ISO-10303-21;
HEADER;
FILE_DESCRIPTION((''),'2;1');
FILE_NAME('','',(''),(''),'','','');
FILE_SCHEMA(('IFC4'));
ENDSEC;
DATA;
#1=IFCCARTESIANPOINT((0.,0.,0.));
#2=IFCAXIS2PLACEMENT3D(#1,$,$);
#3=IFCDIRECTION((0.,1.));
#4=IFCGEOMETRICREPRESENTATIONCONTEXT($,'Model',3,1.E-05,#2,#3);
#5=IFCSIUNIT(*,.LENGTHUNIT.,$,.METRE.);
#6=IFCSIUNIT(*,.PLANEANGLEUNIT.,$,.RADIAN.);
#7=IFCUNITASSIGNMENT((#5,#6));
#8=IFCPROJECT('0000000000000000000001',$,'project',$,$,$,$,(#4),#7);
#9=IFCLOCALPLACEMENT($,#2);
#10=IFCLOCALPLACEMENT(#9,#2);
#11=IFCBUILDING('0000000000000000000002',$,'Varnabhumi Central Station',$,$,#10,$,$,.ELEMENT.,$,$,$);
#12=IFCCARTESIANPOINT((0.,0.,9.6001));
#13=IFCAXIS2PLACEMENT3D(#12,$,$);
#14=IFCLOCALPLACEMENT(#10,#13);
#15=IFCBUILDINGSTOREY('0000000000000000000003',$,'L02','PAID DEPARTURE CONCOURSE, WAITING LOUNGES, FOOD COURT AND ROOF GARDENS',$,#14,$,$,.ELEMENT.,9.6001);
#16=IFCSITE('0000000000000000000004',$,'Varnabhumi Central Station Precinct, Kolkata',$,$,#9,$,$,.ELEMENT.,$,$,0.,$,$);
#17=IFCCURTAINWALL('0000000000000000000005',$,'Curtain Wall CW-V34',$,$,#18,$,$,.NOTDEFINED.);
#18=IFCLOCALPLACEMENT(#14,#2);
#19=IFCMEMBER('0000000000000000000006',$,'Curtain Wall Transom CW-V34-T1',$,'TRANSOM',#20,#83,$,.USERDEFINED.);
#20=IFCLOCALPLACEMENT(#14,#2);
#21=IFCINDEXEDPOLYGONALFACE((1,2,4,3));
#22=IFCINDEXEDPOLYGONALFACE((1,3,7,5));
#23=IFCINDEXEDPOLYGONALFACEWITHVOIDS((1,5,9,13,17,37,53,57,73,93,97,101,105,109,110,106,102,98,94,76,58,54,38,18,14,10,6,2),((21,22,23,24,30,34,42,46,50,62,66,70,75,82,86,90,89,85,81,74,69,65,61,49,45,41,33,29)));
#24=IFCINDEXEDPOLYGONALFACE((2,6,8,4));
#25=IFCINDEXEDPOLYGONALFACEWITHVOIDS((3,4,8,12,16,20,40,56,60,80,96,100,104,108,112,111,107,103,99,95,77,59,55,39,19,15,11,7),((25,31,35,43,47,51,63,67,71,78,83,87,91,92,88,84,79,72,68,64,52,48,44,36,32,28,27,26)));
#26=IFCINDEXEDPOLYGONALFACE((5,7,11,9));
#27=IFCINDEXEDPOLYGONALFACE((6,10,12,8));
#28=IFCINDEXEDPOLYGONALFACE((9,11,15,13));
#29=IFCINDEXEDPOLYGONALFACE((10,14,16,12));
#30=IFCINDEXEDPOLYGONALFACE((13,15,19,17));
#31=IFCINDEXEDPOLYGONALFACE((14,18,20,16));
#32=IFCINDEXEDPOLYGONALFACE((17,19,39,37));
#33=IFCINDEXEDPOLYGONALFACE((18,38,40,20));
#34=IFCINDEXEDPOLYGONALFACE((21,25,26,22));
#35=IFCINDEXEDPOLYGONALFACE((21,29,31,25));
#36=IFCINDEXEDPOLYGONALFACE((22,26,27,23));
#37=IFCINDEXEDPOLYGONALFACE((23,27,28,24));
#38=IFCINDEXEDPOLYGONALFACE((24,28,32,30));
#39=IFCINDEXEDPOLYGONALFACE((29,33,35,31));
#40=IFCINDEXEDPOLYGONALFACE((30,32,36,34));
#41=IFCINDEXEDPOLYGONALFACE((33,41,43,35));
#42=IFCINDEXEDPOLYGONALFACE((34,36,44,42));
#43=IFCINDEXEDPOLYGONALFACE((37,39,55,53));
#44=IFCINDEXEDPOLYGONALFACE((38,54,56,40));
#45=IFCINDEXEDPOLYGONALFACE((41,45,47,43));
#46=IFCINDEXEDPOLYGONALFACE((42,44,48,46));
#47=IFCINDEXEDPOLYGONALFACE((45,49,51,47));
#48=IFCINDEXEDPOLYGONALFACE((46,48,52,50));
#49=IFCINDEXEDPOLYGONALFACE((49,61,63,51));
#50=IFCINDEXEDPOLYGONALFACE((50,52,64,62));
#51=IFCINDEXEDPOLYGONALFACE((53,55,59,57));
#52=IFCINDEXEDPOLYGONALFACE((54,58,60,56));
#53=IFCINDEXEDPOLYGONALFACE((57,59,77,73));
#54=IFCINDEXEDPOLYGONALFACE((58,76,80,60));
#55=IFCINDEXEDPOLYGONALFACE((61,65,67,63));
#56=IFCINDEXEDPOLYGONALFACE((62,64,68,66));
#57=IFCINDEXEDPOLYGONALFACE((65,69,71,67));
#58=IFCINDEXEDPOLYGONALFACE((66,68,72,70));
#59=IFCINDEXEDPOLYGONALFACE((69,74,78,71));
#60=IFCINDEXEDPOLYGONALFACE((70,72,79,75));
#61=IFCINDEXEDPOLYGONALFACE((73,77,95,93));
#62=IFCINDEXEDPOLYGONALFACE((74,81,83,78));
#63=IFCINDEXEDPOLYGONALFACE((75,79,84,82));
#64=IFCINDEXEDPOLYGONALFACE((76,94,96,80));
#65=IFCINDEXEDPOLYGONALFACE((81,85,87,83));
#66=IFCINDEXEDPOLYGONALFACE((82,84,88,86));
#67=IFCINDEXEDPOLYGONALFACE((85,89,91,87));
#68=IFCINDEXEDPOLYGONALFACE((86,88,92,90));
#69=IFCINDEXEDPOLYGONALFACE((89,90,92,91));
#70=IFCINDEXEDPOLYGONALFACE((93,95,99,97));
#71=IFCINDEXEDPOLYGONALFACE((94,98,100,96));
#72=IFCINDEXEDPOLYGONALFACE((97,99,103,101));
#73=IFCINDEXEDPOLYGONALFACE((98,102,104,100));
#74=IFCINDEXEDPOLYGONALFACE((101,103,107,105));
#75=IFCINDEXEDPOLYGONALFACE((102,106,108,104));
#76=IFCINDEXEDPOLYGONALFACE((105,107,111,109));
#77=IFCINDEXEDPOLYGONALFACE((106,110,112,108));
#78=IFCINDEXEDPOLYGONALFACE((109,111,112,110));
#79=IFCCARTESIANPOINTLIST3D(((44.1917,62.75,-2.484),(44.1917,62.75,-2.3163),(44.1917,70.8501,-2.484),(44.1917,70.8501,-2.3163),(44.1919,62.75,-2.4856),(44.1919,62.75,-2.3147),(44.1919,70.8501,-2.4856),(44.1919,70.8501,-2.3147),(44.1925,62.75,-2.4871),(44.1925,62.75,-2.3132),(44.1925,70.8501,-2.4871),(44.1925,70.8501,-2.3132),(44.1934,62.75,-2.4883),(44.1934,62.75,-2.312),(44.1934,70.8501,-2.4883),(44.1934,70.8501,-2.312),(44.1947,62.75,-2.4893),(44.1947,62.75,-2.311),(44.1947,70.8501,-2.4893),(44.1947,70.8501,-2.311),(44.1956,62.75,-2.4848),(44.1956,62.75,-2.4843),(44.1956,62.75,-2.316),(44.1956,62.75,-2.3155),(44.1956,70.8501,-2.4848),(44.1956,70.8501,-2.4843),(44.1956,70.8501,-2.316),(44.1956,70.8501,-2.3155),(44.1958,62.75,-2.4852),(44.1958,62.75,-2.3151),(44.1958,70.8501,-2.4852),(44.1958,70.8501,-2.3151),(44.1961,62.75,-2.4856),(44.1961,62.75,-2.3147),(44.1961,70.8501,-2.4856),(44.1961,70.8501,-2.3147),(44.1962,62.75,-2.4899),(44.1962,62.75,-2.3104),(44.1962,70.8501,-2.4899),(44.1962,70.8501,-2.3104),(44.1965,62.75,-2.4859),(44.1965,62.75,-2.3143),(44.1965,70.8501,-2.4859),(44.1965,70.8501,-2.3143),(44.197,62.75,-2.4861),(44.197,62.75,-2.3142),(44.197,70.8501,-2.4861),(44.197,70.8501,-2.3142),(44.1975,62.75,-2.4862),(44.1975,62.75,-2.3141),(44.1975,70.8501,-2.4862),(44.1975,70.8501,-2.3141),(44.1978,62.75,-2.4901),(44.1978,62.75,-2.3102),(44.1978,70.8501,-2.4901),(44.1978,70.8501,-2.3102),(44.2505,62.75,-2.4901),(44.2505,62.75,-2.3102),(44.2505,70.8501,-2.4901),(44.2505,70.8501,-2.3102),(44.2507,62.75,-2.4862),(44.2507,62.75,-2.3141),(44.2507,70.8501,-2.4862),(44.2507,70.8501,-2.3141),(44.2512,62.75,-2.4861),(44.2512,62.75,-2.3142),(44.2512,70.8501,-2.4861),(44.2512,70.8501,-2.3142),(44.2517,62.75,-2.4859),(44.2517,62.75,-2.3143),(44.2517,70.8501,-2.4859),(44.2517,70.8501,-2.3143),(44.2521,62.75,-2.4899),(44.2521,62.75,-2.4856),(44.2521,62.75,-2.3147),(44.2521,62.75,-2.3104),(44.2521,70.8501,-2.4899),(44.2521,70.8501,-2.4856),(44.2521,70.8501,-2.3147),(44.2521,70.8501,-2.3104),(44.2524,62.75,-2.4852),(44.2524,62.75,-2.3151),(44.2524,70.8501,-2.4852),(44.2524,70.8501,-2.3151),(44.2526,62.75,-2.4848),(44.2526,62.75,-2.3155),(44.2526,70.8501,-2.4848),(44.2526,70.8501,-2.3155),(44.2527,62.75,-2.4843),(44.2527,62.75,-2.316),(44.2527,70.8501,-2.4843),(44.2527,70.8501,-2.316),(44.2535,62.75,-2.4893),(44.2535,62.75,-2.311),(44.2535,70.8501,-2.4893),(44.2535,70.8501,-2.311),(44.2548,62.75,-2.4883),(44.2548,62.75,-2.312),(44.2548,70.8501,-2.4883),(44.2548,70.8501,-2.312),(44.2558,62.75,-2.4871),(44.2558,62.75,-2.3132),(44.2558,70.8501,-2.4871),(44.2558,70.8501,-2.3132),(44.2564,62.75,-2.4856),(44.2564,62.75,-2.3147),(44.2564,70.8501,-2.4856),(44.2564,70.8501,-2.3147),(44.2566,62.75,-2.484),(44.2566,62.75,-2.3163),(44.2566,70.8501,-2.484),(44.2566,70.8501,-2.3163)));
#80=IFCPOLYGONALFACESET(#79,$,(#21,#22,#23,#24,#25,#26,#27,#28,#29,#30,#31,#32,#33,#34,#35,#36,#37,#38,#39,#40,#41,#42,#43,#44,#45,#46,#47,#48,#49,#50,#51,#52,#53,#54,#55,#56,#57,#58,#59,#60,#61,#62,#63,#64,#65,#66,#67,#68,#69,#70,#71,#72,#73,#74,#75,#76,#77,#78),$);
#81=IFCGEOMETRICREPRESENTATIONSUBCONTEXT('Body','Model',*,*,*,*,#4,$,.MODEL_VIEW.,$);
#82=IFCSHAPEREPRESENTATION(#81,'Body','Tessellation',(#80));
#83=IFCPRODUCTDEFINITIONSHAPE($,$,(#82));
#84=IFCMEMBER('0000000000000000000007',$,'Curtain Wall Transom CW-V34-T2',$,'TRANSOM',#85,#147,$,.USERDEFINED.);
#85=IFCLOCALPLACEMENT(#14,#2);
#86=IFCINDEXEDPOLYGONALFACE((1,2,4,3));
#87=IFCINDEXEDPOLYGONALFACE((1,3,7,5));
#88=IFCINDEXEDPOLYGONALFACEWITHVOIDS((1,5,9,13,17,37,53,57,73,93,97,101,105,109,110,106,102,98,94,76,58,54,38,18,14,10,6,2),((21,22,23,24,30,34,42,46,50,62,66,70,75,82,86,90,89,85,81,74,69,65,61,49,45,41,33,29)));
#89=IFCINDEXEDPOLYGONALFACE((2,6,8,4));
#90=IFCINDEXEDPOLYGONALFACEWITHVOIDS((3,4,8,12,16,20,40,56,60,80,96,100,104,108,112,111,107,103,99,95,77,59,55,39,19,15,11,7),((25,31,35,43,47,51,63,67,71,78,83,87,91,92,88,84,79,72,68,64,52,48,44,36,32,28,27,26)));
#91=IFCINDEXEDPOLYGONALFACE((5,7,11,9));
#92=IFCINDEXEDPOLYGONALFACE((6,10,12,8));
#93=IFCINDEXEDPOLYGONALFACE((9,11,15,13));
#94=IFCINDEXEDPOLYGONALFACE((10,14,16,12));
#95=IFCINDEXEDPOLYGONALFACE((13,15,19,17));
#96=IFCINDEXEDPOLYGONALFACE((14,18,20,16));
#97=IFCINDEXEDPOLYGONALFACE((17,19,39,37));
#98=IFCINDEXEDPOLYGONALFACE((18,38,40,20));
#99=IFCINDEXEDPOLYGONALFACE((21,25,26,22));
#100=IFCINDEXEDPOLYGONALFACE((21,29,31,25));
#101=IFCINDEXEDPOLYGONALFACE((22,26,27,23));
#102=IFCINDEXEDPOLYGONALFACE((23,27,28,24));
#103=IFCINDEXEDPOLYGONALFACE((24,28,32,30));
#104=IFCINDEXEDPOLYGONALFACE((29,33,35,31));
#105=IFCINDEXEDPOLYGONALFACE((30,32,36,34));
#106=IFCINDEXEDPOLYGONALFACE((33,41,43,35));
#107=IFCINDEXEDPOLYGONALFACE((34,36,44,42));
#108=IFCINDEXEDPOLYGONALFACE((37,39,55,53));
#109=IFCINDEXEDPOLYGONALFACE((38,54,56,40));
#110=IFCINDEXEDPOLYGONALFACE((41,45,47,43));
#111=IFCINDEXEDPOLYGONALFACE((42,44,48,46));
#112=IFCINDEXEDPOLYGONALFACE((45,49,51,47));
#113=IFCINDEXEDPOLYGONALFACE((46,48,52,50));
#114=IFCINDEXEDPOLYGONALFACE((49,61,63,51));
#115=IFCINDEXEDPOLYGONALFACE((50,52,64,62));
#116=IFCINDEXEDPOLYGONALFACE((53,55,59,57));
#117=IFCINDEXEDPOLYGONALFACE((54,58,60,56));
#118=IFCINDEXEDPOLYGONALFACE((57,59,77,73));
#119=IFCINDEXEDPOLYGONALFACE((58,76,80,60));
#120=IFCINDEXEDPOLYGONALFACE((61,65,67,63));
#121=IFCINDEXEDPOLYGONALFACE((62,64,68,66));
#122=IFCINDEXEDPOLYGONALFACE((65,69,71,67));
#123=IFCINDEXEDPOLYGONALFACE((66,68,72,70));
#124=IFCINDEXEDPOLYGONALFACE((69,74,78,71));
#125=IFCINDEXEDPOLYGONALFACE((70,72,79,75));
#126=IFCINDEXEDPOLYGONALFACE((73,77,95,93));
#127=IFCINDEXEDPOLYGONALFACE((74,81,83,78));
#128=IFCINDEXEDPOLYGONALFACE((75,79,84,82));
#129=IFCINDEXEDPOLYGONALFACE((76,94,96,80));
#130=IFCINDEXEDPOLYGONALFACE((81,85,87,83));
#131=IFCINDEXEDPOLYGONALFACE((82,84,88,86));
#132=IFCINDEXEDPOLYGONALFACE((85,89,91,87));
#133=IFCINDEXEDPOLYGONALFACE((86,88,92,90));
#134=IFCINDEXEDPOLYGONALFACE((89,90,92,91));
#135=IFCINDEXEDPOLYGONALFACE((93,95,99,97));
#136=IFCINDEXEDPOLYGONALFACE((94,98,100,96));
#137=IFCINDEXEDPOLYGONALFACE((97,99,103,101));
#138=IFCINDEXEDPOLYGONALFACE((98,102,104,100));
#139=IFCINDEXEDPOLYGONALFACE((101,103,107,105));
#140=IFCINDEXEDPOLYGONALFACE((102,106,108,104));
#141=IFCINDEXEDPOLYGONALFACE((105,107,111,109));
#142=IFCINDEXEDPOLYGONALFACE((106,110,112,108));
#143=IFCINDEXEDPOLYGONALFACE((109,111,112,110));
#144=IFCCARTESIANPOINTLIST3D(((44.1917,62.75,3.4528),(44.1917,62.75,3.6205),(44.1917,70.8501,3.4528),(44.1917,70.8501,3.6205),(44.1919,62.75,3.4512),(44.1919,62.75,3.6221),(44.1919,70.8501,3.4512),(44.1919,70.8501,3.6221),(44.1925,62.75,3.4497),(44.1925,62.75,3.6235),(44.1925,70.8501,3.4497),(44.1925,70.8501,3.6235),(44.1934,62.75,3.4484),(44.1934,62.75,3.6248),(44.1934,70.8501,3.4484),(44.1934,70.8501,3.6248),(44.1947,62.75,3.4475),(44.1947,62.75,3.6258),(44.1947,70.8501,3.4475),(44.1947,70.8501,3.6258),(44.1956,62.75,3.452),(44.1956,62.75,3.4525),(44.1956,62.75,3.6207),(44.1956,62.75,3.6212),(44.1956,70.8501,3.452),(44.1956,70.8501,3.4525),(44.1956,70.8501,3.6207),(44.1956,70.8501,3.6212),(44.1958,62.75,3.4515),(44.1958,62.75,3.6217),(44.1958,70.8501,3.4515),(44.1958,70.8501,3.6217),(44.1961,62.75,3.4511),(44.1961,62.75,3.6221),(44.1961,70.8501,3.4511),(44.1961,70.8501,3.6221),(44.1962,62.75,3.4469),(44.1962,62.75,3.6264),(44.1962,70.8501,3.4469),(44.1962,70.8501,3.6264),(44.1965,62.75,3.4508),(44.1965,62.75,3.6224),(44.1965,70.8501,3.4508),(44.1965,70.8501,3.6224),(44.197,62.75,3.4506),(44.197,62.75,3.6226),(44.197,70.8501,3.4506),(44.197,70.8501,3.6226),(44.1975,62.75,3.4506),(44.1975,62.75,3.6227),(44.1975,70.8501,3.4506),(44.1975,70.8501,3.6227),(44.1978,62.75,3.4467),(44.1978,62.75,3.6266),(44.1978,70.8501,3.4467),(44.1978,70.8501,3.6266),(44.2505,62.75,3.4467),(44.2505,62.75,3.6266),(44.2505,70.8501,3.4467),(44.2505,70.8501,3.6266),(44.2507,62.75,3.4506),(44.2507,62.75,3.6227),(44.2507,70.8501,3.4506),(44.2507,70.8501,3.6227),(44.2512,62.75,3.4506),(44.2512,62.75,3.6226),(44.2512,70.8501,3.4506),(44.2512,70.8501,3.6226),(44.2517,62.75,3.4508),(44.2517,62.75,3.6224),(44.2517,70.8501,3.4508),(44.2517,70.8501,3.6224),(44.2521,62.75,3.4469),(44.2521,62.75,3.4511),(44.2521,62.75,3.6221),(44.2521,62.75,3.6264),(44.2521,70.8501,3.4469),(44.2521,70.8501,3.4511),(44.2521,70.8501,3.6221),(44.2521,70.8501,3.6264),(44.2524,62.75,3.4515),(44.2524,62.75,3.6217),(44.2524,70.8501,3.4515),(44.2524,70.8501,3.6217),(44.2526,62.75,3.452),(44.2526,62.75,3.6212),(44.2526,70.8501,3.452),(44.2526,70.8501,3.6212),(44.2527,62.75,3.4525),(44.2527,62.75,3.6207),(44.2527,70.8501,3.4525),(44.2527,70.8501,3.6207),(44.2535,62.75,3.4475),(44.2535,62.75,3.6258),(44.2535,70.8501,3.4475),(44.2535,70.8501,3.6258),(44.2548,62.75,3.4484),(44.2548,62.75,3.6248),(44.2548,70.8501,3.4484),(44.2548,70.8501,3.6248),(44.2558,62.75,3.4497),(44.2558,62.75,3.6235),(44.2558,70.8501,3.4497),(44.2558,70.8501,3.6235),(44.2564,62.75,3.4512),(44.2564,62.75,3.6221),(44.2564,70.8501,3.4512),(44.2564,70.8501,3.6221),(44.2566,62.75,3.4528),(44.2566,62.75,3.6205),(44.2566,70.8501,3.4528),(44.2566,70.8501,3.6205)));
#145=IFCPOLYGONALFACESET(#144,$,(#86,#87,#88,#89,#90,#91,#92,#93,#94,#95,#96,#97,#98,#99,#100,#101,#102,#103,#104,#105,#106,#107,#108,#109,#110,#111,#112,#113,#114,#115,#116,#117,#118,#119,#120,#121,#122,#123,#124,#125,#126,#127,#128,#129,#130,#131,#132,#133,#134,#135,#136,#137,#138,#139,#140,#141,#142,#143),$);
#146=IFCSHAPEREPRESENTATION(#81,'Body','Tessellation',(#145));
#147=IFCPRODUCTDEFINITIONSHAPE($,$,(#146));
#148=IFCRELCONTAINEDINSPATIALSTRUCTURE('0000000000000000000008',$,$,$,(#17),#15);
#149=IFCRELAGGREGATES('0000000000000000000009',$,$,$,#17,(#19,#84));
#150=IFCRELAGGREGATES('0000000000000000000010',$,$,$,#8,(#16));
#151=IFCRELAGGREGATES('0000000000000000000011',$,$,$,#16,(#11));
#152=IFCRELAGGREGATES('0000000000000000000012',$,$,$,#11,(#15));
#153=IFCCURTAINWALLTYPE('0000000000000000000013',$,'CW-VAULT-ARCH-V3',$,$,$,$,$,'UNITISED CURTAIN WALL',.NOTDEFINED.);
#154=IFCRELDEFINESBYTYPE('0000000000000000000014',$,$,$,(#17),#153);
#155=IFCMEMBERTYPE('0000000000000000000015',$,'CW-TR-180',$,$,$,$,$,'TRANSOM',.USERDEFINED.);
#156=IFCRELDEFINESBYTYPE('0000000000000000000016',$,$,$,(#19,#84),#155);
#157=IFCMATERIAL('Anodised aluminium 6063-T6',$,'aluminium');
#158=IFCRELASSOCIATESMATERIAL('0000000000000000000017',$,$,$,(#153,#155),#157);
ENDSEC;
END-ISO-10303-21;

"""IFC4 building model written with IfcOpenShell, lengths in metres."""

from ifc_helpers import new_model, si_unit, direction, frame, origin, origin_2d, place, context, subcontext, project, spatial, hollow_rectangle, extrude, material, material_profile, profile_set, type_object, element, aggregate, save


model = new_model("IFC4")

# Units and contexts
model_context = context("Model", 3, precision=1e-05, world=origin(), true_north=direction((0.0, 1.0)))
body_context = subcontext(model_context, "Body", "Model", "MODEL_VIEW")
ifc_project = project(units=[si_unit("LENGTHUNIT", "METRE"), si_unit("PLANEANGLEUNIT", "RADIAN")], contexts=[model_context])

# Site, building, storey
site_placement = place(None, origin())
site = spatial("IfcSite", under=ifc_project, at=site_placement, Name="Varnabhumi Central Station Precinct, Kolkata", CompositionType="ELEMENT", RefElevation=0.0)
building_placement = place(site_placement, origin())
building = spatial("IfcBuilding", under=site, at=building_placement, Name="Varnabhumi Central Station", CompositionType="ELEMENT")
storey_placement = place(building_placement, frame((0.0, 0.0, 9.6001)))
storey = spatial("IfcBuildingStorey", under=building, at=storey_placement, Name="L02", Description="PAID DEPARTURE CONCOURSE, WAITING LOUNGES, FOOD COURT AND ROOF GARDENS", CompositionType="ELEMENT", Elevation=9.6001)

# Curtain wall, members
ifc_material_1 = material(Name="Anodised aluminium 6063-T6", Category="aluminium")
curtain_wall_type = type_object("IfcCurtainWallType", Name="CW-VAULT-ARCH-V3", ElementType="UNITISED CURTAIN WALL", PredefinedType="NOTDEFINED", material=ifc_material_1)
curtain_wall_placement = place(storey_placement, origin())
curtain_wall = element("IfcCurtainWall", 1, at=curtain_wall_placement, inside=storey, type_object=curtain_wall_type, Name="Curtain Wall CW-V34", PredefinedType="NOTDEFINED")
ifc_material_profile_1 = material_profile(ifc_material_1, hollow_rectangle(XDim=0.0649, YDim=0.1799, WallThickness=0.0039, InnerFilletRadius=0.002, OuterFilletRadius=0.0061, at=origin_2d()), Name="Anodised aluminium 6063-T6", Category="aluminium")
ifc_profile_set_1 = profile_set([ifc_material_profile_1], Name="Anodised aluminium 6063-T6")
member_type_1 = type_object("IfcMemberType", Name="CW-TR-180", ElementType="TRANSOM", PredefinedType="USERDEFINED", material=ifc_profile_set_1)
member_1_placement = place(storey_placement, frame((44.2241, 62.75, -2.4001), z_axis=(0.0, 1.0, 0.0), x_axis=(-1.0, 0.0, 0.0)))
member_1 = element("IfcMember", 2, at=member_1_placement, type_object=member_type_1, Name="Curtain Wall Transom CW-V34-T1", ObjectType="TRANSOM", PredefinedType="USERDEFINED", context=body_context, shape_type="SweptSolid", body=[
    extrude(hollow_rectangle(XDim=0.0649, YDim=0.1799, WallThickness=0.0039, InnerFilletRadius=0.002, OuterFilletRadius=0.0061, at=origin_2d()), origin(), (0.0, 0.0, 1.0), 8.1001),
])
member_2_placement = place(storey_placement, frame((44.2241, 62.75, 3.5366), z_axis=(0.0, 1.0, 0.0), x_axis=(-1.0, 0.0, 0.0)))
member_2 = element("IfcMember", 3, at=member_2_placement, type_object=member_type_1, Name="Curtain Wall Transom CW-V34-T2", ObjectType="TRANSOM", PredefinedType="USERDEFINED", context=body_context, shape_type="SweptSolid", body=[
    extrude(hollow_rectangle(XDim=0.0649, YDim=0.1799, WallThickness=0.0039, InnerFilletRadius=0.002, OuterFilletRadius=0.0061, at=origin_2d()), origin(), (0.0, 0.0, 1.0), 8.1001),
])

aggregate(curtain_wall, [member_1, member_2])

save(model, "model.ifc")
